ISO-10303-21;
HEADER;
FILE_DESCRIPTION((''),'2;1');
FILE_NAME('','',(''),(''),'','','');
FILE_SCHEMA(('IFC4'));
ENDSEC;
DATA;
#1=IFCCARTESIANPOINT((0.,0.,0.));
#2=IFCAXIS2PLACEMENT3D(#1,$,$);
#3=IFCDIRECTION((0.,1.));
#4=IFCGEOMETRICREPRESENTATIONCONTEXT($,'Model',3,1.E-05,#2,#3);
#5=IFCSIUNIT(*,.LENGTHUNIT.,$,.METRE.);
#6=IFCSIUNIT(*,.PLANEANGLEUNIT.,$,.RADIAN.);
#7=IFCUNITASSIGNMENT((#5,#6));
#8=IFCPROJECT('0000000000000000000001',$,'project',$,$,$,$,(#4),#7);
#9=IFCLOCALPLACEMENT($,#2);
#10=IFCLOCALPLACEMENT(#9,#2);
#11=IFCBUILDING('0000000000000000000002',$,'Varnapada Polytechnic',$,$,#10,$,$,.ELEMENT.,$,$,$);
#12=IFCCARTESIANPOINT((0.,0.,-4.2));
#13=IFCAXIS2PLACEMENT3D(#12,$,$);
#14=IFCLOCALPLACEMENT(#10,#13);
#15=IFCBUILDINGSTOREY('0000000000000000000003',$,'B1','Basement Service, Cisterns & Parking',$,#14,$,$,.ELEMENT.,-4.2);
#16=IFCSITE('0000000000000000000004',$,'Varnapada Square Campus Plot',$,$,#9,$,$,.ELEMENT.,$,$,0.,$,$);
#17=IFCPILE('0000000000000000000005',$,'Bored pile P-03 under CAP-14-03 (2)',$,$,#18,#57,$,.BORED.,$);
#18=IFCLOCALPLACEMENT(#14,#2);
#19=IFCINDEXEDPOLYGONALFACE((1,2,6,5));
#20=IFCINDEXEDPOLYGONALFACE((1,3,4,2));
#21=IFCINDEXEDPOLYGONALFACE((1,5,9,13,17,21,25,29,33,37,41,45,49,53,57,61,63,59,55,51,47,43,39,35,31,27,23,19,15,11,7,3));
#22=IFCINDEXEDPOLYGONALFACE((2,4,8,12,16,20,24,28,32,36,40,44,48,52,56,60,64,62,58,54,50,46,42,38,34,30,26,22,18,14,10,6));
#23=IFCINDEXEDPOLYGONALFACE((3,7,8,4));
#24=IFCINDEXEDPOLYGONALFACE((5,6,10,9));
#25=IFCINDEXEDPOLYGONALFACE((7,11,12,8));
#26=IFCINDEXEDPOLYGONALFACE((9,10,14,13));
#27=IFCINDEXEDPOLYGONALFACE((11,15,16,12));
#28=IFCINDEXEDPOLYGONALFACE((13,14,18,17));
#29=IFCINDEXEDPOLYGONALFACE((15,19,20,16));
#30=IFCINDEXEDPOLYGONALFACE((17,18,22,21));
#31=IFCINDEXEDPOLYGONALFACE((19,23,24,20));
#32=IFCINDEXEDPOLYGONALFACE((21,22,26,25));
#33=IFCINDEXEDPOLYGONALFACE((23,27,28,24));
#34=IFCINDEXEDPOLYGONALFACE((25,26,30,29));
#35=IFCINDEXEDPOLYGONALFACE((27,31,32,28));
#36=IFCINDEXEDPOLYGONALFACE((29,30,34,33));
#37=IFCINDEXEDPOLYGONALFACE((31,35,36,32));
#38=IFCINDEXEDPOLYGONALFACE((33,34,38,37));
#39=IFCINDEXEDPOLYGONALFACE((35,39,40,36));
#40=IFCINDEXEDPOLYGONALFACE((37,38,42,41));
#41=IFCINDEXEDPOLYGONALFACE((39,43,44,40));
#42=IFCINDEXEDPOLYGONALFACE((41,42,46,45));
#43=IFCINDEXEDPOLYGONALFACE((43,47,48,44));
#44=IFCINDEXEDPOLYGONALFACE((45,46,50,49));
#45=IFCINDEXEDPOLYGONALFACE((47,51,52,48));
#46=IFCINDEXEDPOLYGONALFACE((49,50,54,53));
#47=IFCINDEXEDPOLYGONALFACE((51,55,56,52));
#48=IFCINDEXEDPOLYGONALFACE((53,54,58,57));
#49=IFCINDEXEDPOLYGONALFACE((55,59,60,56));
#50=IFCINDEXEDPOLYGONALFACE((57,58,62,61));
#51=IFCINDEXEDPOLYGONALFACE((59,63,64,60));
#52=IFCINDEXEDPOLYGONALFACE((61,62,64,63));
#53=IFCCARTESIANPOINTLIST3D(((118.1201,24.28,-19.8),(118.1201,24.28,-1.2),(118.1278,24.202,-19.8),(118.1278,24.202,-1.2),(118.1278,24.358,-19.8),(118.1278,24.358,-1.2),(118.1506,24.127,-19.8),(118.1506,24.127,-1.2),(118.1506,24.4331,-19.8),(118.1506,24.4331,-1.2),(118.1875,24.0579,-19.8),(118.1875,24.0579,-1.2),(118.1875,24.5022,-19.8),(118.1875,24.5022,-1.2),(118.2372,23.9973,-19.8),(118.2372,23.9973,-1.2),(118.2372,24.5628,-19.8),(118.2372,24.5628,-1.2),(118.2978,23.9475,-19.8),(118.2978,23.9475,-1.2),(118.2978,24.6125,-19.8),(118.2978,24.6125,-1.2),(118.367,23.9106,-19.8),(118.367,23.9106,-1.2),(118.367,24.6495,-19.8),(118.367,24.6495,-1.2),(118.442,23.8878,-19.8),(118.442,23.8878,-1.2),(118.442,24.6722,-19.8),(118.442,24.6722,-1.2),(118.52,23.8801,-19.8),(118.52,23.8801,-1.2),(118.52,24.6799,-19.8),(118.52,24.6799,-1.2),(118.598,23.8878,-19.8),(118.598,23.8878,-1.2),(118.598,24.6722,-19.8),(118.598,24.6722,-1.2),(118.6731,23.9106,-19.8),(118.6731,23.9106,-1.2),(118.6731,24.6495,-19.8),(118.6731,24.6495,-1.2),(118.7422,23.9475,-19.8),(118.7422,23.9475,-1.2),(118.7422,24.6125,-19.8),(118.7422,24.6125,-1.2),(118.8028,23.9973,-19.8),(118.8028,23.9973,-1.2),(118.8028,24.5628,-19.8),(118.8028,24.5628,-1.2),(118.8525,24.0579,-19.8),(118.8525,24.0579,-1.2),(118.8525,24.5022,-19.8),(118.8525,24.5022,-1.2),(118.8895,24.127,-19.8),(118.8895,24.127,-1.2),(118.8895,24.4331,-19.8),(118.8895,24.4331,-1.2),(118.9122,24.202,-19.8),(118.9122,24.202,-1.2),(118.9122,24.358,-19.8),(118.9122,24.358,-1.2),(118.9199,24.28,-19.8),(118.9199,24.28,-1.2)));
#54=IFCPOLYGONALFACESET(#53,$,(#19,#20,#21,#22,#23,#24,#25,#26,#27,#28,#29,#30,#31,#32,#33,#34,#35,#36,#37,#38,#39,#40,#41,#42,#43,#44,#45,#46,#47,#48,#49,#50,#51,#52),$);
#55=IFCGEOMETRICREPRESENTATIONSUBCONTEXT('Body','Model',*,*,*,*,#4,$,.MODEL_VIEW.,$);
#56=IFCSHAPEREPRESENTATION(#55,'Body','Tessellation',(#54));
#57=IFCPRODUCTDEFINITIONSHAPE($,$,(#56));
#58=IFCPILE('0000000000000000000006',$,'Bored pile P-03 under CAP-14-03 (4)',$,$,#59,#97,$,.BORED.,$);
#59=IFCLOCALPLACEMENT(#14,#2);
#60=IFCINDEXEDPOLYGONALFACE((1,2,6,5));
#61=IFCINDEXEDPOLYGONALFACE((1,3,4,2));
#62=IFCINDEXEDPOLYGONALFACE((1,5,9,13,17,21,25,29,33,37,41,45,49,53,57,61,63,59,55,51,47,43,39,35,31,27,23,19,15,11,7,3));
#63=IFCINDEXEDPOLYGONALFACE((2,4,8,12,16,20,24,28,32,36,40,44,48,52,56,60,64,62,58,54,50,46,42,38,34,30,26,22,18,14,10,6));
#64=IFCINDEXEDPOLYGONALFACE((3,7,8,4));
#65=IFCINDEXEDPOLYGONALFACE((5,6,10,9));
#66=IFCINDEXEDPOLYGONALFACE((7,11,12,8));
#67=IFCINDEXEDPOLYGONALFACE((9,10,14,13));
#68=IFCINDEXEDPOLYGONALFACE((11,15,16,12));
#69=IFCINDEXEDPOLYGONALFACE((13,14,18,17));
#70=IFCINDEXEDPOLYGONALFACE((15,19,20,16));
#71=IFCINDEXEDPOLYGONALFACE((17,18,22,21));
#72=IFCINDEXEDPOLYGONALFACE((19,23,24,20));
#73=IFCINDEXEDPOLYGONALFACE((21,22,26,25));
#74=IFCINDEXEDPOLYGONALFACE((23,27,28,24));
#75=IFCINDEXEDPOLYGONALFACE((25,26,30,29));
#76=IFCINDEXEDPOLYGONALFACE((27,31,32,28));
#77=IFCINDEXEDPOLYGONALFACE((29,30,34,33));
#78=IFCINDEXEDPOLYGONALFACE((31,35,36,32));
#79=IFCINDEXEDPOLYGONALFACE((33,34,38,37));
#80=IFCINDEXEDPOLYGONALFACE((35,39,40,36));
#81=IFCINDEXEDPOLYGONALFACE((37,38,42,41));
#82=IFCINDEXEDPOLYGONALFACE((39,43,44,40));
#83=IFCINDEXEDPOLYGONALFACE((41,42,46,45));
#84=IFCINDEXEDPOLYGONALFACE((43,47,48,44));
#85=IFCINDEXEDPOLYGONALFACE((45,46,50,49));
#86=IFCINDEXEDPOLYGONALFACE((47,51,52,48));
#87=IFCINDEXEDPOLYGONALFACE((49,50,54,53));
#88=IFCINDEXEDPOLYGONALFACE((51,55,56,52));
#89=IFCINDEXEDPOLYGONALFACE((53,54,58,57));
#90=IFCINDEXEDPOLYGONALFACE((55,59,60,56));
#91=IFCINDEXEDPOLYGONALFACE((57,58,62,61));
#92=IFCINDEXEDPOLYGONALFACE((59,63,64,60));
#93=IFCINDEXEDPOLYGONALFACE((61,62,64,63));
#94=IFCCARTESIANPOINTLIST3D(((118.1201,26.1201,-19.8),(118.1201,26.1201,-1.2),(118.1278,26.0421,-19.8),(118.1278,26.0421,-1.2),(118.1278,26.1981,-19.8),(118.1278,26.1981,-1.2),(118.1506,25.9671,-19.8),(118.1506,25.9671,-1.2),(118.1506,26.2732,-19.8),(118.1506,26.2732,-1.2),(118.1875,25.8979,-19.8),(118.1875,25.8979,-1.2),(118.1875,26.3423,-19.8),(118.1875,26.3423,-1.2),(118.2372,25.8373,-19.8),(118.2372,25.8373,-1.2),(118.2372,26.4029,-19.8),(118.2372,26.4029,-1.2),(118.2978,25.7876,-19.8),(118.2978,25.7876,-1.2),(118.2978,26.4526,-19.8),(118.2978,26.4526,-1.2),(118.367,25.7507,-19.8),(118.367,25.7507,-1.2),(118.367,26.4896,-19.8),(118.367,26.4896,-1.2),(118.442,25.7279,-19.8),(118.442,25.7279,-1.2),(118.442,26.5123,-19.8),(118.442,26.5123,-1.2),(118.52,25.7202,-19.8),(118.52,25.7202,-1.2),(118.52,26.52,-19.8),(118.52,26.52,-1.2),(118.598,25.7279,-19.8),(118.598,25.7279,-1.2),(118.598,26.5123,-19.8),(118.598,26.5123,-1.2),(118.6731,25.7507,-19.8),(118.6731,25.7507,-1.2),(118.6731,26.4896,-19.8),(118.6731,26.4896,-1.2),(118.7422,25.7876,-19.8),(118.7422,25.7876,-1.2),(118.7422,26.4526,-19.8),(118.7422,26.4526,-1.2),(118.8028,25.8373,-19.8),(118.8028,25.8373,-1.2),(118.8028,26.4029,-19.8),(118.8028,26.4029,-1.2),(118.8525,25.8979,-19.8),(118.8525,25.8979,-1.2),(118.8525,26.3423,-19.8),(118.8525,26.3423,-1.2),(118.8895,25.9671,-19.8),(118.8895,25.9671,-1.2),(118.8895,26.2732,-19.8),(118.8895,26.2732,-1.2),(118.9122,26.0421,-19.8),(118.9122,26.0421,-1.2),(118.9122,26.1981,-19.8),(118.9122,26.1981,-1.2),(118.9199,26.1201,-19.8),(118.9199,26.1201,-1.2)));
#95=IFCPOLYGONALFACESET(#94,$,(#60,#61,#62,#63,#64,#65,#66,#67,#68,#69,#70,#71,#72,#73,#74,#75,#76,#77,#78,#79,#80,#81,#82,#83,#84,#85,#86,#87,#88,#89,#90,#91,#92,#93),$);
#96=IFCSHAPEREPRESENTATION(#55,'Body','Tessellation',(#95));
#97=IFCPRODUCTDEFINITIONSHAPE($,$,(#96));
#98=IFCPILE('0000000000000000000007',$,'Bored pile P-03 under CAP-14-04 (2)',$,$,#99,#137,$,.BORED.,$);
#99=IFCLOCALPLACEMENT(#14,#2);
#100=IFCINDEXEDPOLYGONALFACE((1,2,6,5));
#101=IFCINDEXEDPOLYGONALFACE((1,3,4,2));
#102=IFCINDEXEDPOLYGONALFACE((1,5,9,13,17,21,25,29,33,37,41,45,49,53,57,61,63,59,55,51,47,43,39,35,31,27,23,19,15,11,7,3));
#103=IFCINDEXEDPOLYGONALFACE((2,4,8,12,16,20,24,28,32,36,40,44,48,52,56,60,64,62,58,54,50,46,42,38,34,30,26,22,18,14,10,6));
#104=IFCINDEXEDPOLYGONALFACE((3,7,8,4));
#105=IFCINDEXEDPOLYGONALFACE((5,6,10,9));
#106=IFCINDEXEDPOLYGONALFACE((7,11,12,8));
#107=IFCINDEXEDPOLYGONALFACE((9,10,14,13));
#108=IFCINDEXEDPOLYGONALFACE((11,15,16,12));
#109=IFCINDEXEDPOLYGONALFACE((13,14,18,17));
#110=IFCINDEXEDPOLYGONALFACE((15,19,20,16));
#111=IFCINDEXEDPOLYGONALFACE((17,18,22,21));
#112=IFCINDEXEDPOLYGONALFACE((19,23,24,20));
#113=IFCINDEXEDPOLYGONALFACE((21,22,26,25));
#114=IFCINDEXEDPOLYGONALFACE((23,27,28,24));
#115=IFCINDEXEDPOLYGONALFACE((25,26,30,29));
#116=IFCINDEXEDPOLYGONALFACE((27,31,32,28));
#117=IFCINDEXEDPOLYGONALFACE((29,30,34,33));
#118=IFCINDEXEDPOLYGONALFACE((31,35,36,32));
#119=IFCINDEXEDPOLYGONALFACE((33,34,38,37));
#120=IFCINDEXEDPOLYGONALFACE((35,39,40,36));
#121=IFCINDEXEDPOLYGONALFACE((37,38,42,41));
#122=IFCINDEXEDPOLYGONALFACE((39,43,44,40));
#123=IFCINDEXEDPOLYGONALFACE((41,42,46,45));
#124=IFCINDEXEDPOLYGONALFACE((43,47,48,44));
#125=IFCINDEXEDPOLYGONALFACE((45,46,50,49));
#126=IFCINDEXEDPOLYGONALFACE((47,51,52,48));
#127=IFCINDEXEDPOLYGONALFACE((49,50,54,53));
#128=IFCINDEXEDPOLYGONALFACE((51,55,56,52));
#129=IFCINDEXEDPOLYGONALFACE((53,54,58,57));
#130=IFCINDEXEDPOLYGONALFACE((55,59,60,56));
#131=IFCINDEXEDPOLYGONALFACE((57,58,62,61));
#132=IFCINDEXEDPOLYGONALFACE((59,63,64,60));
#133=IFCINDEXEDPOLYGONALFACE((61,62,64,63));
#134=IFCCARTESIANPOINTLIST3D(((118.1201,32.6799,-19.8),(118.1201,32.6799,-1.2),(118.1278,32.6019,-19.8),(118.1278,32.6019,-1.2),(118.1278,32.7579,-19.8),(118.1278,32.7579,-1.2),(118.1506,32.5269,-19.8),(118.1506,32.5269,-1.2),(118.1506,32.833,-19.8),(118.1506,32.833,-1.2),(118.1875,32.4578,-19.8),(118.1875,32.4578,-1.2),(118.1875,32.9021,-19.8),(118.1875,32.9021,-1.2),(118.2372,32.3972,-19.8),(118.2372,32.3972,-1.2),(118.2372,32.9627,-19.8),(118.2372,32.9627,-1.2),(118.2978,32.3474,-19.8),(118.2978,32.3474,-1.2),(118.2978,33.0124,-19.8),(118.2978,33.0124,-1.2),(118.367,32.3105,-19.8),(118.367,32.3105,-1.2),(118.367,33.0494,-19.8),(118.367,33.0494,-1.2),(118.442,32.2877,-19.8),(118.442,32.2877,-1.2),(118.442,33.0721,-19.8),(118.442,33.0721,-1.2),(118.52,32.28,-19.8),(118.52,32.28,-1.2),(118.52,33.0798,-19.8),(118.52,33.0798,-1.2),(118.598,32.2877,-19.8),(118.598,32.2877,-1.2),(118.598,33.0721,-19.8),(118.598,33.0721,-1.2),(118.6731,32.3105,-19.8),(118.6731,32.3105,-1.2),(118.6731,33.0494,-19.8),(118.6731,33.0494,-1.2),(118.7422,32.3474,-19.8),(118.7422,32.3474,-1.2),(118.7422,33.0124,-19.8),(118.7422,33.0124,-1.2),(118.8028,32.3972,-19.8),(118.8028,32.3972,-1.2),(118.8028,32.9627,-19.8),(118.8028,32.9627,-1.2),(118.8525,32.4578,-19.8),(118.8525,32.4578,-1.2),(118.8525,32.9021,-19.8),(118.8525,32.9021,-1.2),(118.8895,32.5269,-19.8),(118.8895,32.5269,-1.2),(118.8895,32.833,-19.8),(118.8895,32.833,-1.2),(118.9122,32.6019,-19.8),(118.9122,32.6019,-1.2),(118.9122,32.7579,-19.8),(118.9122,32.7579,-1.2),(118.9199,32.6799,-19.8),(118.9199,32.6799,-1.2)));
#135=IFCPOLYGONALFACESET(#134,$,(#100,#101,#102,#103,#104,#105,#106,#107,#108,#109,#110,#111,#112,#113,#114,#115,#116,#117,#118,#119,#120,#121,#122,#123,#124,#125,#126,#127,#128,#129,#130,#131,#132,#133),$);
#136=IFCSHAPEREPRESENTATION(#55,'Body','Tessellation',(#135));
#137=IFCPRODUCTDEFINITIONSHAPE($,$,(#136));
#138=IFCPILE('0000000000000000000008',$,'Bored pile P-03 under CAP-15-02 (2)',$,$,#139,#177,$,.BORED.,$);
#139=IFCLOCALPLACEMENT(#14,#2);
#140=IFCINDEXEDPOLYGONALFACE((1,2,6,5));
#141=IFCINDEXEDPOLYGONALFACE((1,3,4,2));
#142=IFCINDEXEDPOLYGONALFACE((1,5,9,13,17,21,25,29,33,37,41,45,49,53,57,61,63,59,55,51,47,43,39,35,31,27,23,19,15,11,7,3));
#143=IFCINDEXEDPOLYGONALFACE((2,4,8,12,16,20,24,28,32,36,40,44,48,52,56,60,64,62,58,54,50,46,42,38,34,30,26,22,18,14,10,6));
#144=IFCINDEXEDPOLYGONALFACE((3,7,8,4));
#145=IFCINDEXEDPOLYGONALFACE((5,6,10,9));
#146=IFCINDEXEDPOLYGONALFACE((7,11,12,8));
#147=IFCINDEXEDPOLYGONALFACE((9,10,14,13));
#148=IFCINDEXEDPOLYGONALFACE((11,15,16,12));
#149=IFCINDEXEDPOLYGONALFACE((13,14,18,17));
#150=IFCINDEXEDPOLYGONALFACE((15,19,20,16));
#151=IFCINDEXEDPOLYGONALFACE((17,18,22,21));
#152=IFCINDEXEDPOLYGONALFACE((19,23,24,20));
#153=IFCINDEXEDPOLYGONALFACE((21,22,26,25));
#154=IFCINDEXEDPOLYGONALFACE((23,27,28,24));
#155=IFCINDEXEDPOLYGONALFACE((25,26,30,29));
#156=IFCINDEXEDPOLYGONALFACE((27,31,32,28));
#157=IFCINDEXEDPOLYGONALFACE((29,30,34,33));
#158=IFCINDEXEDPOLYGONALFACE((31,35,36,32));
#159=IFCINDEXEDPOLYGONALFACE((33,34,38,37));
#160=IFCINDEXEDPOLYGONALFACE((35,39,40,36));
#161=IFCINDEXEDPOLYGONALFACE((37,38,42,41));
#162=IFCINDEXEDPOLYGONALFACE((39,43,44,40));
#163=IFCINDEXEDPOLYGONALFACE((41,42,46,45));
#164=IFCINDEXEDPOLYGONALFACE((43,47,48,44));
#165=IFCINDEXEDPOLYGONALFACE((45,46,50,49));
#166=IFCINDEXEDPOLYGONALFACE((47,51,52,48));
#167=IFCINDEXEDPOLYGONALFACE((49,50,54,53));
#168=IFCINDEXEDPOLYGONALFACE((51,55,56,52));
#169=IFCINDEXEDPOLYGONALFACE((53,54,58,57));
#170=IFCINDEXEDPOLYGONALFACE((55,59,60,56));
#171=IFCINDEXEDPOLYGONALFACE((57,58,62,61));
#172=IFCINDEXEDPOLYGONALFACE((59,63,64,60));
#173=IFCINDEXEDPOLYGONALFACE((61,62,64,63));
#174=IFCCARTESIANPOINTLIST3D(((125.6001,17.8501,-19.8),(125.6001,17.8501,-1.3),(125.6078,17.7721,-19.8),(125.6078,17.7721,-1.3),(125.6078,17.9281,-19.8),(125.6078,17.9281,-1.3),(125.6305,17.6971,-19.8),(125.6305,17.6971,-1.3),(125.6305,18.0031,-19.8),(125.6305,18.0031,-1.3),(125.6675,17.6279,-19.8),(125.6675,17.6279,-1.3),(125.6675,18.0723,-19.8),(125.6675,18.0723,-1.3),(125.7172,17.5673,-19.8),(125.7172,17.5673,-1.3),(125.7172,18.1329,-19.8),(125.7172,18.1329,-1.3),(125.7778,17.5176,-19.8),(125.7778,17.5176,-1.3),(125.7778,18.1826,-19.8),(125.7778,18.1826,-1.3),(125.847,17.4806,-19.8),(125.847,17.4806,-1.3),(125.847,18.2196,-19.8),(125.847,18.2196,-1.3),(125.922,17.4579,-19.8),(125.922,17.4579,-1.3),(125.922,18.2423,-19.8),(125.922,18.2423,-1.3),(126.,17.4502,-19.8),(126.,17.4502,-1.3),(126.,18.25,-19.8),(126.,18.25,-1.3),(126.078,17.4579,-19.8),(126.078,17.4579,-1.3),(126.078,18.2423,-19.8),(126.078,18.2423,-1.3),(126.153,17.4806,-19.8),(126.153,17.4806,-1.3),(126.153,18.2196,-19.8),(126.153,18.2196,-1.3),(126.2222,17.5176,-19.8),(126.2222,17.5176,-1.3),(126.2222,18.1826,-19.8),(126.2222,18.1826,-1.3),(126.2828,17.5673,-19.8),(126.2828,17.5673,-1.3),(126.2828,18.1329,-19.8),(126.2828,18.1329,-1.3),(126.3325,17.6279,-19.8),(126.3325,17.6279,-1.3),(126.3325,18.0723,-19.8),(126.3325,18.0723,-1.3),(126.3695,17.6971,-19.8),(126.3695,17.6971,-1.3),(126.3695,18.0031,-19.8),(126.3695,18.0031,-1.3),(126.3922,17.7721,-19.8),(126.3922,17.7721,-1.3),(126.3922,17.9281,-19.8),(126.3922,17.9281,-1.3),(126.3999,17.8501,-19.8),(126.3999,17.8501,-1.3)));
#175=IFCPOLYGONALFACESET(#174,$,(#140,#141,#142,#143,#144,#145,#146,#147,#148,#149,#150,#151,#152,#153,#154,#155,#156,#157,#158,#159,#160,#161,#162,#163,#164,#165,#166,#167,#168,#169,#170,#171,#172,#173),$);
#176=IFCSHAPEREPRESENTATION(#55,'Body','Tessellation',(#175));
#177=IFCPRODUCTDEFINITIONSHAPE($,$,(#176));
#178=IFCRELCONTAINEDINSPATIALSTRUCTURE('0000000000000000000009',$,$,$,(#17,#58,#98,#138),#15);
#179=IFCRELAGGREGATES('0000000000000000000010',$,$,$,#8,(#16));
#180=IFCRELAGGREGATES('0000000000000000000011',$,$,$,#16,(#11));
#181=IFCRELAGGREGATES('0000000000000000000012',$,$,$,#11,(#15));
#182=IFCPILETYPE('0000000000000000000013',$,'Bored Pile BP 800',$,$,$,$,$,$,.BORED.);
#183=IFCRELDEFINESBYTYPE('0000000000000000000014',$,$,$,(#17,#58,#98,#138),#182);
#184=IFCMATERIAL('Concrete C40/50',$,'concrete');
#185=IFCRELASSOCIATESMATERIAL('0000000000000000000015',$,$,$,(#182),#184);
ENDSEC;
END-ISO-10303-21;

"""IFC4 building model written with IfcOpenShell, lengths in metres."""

from ifc_helpers import new_model, si_unit, direction, frame, origin, origin_2d, place, context, subcontext, project, spatial, circle, extrude, material, material_profile, profile_set, type_object, element, save


model = new_model("IFC4")

# Units and contexts
model_context = context("Model", 3, precision=1e-05, world=origin(), true_north=direction((0.0, 1.0)))
body_context = subcontext(model_context, "Body", "Model", "MODEL_VIEW")
ifc_project = project(units=[si_unit("LENGTHUNIT", "METRE"), si_unit("PLANEANGLEUNIT", "RADIAN")], contexts=[model_context])

# Site, building, storey
site_placement = place(None, origin())
site = spatial("IfcSite", under=ifc_project, at=site_placement, Name="Varnapada Square Campus Plot", CompositionType="ELEMENT", RefElevation=0.0)
building_placement = place(site_placement, origin())
building = spatial("IfcBuilding", under=site, at=building_placement, Name="Varnapada Polytechnic", CompositionType="ELEMENT")
storey_placement = place(building_placement, frame((0.0, 0.0, -4.2)))
storey = spatial("IfcBuildingStorey", under=building, at=storey_placement, Name="B1", Description="Basement Service, Cisterns & Parking", CompositionType="ELEMENT", Elevation=-4.2)

# Piles
ifc_material_1 = material(Name="Concrete C40/50", Category="concrete")
ifc_material_profile_1 = material_profile(ifc_material_1, circle(Radius=0.3999, at=origin_2d()), Name="BP 800")
ifc_profile_set_1 = profile_set([ifc_material_profile_1], Name="Concrete C40/50")
pile_type = type_object("IfcPileType", Name="Bored Pile BP 800", PredefinedType="BORED", material=ifc_profile_set_1)
for number, where, z_axis, x_axis, name in (
    (1, (118.52, 24.28, -1.2), (0.0, 0.0, -1.0), (1.0, 0.0, 0.0), "Bored pile P-03 under CAP-14-03 (2)"),
    (2, (118.52, 26.1201, -1.2), (0.0, 0.0, -1.0), (1.0, 0.0, 0.0), "Bored pile P-03 under CAP-14-03 (4)"),
    (3, (118.52, 32.6799, -1.2), (0.0, 0.0, -1.0), (1.0, 0.0, 0.0), "Bored pile P-03 under CAP-14-04 (2)"),
):
    element("IfcPile", number, at=place(storey_placement, frame(where, z_axis=z_axis, x_axis=x_axis)), inside=storey, type_object=pile_type, Name=name, PredefinedType="BORED", context=body_context, shape_type="SweptSolid", body=[
        extrude(circle(Radius=0.3999, at=origin_2d()), origin(), (0.0, 0.0, 1.0), 18.6001),
    ])
pile_placement = place(storey_placement, frame((126.0, 17.8501, -1.3), z_axis=(0.0, 0.0, -1.0), x_axis=(1.0, 0.0, 0.0)))
element("IfcPile", 4, at=pile_placement, inside=storey, type_object=pile_type, Name="Bored pile P-03 under CAP-15-02 (2)", PredefinedType="BORED", context=body_context, shape_type="SweptSolid", body=[
    extrude(circle(Radius=0.3999, at=origin_2d()), origin(), (0.0, 0.0, 1.0), 18.5),
])

save(model, "model.ifc")
